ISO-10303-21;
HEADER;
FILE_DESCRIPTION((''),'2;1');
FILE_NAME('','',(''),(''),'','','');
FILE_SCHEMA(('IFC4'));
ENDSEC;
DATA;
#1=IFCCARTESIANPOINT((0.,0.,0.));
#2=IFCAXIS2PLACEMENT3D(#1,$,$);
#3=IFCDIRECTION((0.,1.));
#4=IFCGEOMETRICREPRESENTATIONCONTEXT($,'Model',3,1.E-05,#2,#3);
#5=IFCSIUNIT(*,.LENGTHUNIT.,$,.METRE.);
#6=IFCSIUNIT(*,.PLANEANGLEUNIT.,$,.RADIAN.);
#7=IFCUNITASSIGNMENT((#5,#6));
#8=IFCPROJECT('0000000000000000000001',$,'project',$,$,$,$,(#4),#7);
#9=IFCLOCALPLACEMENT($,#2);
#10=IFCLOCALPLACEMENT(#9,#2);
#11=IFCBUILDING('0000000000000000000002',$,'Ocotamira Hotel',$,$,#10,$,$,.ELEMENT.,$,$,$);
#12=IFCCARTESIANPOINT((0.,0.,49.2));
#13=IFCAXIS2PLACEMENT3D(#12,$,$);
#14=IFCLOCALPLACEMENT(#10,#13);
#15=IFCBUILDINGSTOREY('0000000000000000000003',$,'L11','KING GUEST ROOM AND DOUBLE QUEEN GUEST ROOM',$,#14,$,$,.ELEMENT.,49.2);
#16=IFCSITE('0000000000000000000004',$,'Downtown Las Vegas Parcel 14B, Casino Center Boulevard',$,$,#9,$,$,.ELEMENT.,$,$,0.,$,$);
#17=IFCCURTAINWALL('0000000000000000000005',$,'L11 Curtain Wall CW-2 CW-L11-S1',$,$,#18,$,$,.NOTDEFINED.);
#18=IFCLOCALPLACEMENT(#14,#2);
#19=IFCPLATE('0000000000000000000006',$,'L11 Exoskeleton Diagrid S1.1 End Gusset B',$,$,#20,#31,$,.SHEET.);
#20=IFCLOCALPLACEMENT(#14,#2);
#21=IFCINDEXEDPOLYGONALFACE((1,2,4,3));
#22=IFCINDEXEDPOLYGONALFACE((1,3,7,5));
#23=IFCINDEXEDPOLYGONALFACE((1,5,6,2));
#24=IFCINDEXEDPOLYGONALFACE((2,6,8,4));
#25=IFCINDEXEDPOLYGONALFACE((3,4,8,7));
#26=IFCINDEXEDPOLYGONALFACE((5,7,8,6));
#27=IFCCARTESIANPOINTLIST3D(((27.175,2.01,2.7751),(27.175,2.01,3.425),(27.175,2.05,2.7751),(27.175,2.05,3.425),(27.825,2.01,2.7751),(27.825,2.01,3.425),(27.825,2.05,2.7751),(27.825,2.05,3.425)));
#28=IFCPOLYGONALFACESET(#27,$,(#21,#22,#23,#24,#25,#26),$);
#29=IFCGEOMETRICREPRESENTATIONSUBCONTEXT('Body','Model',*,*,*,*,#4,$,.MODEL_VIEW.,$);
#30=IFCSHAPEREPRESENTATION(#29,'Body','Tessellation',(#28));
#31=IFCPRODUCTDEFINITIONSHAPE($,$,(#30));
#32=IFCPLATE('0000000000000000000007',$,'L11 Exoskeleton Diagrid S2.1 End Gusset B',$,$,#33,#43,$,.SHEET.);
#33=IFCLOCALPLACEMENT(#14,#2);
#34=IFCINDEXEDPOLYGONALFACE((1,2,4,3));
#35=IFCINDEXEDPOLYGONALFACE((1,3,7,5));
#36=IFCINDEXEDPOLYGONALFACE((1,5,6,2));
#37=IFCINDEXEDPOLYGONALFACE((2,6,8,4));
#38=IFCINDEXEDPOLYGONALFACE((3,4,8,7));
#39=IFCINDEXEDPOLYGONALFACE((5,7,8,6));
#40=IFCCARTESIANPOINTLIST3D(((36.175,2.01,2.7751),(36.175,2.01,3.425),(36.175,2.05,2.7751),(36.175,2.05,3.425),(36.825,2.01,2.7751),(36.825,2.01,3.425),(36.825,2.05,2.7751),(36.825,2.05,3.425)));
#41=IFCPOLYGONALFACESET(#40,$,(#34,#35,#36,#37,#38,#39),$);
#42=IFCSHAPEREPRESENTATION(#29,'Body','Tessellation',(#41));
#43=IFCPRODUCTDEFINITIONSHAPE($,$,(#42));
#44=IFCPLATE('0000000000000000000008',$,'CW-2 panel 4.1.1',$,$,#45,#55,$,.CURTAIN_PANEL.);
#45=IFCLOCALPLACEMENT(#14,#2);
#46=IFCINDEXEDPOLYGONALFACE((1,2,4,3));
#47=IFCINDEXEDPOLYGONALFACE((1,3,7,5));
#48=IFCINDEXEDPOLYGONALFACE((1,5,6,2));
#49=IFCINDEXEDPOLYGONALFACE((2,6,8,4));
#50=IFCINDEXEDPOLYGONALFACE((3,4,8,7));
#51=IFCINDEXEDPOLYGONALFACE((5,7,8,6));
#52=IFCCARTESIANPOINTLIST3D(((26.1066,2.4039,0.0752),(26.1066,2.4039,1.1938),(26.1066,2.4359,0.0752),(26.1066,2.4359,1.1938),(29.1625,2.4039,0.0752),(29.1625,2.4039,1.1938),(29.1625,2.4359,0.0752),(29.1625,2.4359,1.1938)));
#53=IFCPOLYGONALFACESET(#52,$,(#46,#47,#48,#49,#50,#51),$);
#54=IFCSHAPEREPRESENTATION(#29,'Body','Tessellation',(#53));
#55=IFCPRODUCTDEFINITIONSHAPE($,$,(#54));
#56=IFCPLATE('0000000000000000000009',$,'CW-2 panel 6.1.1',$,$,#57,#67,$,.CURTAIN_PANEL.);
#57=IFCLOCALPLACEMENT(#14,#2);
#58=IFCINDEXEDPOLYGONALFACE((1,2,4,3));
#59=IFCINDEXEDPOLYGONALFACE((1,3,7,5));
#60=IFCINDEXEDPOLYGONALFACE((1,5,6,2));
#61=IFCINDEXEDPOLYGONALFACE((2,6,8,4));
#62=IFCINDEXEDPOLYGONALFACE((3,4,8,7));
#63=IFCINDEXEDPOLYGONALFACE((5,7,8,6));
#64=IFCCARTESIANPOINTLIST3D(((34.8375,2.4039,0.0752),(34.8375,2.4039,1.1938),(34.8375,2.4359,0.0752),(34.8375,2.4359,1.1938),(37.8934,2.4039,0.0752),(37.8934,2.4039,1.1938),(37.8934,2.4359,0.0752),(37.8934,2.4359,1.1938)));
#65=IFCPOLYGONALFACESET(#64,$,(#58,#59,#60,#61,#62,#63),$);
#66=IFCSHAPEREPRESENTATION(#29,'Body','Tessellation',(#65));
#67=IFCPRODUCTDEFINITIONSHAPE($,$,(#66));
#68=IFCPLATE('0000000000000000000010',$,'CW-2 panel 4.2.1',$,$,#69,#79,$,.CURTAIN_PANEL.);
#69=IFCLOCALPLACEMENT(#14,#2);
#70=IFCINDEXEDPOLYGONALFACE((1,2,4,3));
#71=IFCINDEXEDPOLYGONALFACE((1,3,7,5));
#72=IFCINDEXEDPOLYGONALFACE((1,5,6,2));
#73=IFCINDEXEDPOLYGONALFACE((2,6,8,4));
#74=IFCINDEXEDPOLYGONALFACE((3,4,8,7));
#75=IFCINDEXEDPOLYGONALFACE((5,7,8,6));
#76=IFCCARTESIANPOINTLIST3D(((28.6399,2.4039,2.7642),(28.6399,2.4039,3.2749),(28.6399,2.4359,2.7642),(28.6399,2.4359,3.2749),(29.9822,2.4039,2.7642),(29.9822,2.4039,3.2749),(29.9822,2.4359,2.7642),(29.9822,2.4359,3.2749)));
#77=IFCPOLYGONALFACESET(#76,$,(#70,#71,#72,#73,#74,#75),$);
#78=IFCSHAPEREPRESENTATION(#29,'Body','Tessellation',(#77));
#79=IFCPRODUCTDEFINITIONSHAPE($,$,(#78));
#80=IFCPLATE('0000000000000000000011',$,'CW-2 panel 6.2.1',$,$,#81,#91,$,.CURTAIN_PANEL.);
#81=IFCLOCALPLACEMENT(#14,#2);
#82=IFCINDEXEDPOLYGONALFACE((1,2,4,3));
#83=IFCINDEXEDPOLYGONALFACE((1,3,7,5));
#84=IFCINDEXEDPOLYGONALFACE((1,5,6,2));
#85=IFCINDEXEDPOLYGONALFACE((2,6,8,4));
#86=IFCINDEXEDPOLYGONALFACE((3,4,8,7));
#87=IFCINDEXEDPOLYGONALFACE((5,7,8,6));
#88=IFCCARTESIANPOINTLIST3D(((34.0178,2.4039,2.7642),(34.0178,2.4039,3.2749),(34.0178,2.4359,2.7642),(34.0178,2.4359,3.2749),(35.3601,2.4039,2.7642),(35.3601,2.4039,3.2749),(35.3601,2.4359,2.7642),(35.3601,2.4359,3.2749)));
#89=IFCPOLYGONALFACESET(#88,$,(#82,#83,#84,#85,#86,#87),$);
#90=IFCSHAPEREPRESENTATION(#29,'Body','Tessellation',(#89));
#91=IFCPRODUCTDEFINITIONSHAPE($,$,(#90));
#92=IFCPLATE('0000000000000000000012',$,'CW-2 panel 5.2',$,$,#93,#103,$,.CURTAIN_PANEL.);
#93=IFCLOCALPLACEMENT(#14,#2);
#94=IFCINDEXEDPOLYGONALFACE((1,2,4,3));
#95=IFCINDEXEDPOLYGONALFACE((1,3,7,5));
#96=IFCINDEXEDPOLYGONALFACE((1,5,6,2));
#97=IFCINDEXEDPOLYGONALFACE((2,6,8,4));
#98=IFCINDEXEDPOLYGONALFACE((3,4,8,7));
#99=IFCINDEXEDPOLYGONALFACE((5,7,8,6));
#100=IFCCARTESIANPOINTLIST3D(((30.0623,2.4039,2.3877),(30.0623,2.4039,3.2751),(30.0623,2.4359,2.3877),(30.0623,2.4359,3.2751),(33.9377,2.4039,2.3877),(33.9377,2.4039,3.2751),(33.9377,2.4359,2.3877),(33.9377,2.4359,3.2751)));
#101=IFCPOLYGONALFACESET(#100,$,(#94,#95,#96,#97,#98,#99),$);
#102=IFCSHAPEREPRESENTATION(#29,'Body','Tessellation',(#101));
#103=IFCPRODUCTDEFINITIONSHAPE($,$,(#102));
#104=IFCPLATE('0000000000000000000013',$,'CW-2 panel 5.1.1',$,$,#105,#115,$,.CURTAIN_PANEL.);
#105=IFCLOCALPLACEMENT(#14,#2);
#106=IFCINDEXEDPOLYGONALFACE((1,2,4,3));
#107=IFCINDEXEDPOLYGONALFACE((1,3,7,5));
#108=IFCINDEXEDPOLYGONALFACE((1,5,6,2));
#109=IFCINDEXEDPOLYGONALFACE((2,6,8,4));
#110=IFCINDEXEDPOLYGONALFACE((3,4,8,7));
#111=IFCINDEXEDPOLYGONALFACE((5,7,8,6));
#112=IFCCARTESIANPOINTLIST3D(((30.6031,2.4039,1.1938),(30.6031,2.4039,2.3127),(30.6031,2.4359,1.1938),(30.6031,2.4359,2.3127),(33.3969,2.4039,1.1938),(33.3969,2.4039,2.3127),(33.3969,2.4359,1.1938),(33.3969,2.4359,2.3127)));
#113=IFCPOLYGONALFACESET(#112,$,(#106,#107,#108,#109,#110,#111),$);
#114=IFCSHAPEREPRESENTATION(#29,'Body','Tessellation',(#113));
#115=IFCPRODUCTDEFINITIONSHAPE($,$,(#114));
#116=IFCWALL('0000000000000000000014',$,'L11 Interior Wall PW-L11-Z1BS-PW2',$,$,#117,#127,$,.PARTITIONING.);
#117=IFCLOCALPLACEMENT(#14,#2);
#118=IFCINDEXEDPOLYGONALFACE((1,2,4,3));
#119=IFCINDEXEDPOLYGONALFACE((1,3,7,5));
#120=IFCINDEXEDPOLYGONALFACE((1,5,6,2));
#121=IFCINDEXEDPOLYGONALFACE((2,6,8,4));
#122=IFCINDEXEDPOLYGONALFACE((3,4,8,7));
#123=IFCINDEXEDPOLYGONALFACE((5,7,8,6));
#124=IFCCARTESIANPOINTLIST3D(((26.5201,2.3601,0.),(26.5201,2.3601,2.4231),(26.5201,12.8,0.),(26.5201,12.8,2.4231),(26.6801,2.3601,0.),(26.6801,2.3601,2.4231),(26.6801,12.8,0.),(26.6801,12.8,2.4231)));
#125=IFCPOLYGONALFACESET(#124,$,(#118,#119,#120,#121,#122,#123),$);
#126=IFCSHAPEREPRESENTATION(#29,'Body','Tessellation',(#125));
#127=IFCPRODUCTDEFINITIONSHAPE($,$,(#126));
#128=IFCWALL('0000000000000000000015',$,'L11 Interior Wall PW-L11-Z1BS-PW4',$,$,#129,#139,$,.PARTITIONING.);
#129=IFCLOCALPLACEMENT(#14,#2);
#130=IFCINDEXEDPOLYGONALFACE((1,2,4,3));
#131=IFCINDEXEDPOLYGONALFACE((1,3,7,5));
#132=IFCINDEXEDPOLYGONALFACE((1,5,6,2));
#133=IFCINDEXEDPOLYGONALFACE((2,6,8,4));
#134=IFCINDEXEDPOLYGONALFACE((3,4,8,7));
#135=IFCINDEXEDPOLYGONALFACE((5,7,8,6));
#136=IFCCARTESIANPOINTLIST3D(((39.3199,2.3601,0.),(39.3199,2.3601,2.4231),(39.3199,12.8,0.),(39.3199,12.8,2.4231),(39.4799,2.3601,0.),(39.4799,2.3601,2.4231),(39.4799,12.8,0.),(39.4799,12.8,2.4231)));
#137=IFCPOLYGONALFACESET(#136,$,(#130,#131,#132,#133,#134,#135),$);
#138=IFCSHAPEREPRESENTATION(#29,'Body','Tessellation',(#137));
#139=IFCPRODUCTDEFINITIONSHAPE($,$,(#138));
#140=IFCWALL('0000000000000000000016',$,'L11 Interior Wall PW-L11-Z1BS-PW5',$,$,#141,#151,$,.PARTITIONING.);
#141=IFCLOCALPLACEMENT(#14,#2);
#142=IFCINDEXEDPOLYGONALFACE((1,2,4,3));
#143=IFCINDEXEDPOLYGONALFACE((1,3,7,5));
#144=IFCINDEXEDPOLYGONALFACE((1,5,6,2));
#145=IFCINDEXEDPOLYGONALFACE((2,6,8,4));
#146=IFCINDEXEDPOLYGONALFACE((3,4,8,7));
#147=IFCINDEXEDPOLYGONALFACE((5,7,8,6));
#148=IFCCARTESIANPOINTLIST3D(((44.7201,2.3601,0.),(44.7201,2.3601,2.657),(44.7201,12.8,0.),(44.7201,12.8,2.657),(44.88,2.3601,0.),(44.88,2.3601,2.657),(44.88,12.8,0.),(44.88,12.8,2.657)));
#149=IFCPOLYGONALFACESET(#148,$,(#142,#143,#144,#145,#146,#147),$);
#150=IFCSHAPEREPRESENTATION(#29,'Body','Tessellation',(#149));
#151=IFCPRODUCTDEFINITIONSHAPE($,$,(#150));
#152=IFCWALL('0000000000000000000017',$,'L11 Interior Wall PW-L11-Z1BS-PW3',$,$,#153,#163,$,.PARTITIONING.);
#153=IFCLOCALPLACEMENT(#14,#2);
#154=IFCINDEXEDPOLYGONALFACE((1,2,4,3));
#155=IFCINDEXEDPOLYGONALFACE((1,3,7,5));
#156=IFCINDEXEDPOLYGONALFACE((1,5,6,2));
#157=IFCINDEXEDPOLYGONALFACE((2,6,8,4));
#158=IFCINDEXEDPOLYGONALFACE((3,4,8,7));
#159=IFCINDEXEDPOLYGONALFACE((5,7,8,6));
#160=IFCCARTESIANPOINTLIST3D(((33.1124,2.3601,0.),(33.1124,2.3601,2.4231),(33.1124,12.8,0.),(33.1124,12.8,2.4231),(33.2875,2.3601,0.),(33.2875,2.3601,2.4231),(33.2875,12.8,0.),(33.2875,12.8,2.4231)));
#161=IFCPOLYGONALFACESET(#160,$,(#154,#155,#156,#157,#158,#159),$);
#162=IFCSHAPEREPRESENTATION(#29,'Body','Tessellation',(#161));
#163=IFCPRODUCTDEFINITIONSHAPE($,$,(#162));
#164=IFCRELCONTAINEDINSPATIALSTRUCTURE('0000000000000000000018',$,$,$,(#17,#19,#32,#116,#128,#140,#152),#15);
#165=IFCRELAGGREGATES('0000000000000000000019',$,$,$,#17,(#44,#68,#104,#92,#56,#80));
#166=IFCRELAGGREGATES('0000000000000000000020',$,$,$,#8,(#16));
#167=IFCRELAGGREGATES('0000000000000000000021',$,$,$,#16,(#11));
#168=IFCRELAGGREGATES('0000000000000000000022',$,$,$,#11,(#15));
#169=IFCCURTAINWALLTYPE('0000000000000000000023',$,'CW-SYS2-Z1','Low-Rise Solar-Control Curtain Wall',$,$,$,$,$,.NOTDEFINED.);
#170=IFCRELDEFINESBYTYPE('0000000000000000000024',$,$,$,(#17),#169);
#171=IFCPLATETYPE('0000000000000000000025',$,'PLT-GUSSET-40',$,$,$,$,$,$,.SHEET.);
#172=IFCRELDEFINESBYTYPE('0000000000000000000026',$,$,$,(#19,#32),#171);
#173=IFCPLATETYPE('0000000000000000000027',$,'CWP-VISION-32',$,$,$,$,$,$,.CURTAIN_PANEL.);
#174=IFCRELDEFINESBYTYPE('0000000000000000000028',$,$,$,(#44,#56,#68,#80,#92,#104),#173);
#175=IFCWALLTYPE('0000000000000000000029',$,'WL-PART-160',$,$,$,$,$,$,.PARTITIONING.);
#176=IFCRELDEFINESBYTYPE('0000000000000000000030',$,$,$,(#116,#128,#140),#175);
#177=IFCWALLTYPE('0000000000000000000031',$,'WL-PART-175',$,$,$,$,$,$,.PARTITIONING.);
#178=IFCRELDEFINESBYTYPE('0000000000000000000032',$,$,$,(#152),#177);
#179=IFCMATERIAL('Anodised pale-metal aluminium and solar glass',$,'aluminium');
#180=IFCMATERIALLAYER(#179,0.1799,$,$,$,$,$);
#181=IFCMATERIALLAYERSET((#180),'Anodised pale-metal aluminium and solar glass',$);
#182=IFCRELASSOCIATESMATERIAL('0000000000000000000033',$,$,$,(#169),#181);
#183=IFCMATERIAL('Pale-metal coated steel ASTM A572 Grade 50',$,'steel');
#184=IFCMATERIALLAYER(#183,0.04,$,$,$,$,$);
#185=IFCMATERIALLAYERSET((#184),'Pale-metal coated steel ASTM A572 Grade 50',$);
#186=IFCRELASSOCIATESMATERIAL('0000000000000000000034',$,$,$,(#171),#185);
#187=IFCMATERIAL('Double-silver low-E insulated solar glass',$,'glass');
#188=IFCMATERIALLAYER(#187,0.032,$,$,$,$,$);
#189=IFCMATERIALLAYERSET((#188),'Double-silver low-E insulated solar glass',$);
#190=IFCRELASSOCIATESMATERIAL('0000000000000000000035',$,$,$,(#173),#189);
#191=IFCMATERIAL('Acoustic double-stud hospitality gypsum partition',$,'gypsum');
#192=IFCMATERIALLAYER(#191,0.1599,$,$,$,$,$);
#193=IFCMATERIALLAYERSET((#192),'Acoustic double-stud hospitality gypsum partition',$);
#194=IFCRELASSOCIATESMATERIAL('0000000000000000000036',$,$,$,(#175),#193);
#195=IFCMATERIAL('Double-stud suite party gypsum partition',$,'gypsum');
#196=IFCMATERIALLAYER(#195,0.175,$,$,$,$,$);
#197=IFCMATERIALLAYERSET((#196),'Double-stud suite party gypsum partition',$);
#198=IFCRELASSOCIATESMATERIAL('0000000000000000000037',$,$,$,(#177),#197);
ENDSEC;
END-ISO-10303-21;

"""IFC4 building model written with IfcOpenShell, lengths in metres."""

from ifc_helpers import new_model, si_unit, direction, frame, frame_2d, origin, origin_2d, place, context, subcontext, project, spatial, rectangle, extrude, source, transform, mapped, material, layer, layer_set, type_object, element, aggregate, save


model = new_model("IFC4")

# Units and contexts
model_context = context("Model", 3, precision=1e-05, world=origin(), true_north=direction((0.0, 1.0)))
body_context = subcontext(model_context, "Body", "Model", "MODEL_VIEW")
ifc_project = project(units=[si_unit("LENGTHUNIT", "METRE"), si_unit("PLANEANGLEUNIT", "RADIAN")], contexts=[model_context])

# Site, building, storey
site_placement = place(None, origin())
site = spatial("IfcSite", under=ifc_project, at=site_placement, Name="Downtown Las Vegas Parcel 14B, Casino Center Boulevard", CompositionType="ELEMENT", RefElevation=0.0)
building_placement = place(site_placement, origin())
building = spatial("IfcBuilding", under=site, at=building_placement, Name="Ocotamira Hotel", CompositionType="ELEMENT")
storey_placement = place(building_placement, frame((0.0, 0.0, 49.2)))
storey = spatial("IfcBuildingStorey", under=building, at=storey_placement, Name="L11", Description="KING GUEST ROOM AND DOUBLE QUEEN GUEST ROOM", CompositionType="ELEMENT", Elevation=49.2)

# Curtain wall
ifc_material_1 = material(Name="Anodised pale-metal aluminium and solar glass", Category="aluminium")
ifc_layer_1 = layer(ifc_material_1, 0.1799)
ifc_layer_set_1 = layer_set([ifc_layer_1], Name="Anodised pale-metal aluminium and solar glass")
curtain_wall_type = type_object("IfcCurtainWallType", Name="CW-SYS2-Z1", Description="Low-Rise Solar-Control Curtain Wall", PredefinedType="NOTDEFINED", material=ifc_layer_set_1)
curtain_wall_placement = place(storey_placement, origin())
curtain_wall = element("IfcCurtainWall", 1, at=curtain_wall_placement, inside=storey, type_object=curtain_wall_type, Name="L11 Curtain Wall CW-2 CW-L11-S1", PredefinedType="NOTDEFINED")

# Plates
ifc_material_2 = material(Name="Pale-metal coated steel ASTM A572 Grade 50", Category="steel")
ifc_layer_2 = layer(ifc_material_2, 0.04)
ifc_layer_set_2 = layer_set([ifc_layer_2], Name="Pale-metal coated steel ASTM A572 Grade 50")
plate_type_1 = type_object("IfcPlateType", Name="PLT-GUSSET-40", PredefinedType="SHEET", material=ifc_layer_set_2)
shared_shape_1 = source(origin(), body_context, "Body", "SweptSolid", [
    extrude(rectangle(XDim=0.6499, YDim=0.04, at=origin_2d()), origin(), (0.0, 0.0, 1.0), 0.6499),
])
for number, where, z_axis, x_axis, name in (
    (2, (27.5, 2.03, 2.7751), (0.0, 0.0, 1.0), (1.0, 0.0, 0.0), "L11 Exoskeleton Diagrid S1.1 End Gusset B"),
    (3, (36.5, 2.03, 2.7751), (0.0, 0.0, 1.0), (1.0, 0.0, 0.0), "L11 Exoskeleton Diagrid S2.1 End Gusset B"),
):
    element("IfcPlate", number, at=place(storey_placement, frame(where, z_axis=z_axis, x_axis=x_axis)), inside=storey, type_object=plate_type_1, Name=name, PredefinedType="SHEET", context=body_context, shape_type="MappedRepresentation", body=[
        mapped(shared_shape_1, transform((0.0, 0.0, 0.0), scale=1.0)),
    ])

# Plates
ifc_material_3 = material(Name="Double-silver low-E insulated solar glass", Category="glass")
ifc_layer_3 = layer(ifc_material_3, 0.032)
ifc_layer_set_3 = layer_set([ifc_layer_3], Name="Double-silver low-E insulated solar glass")
plate_type_2 = type_object("IfcPlateType", Name="CWP-VISION-32", PredefinedType="CURTAIN_PANEL", material=ifc_layer_set_3)
shared_shape_2 = source(origin(), body_context, "Body", "SweptSolid", [
    extrude(rectangle(XDim=3.0559, YDim=0.032, at=origin_2d()), origin(), (0.0, 0.0, 1.0), 1.1187),
])
plate_1_placement = place(storey_placement, frame((27.6345, 2.4199, 0.0752), z_axis=(0.0, 0.0, 1.0), x_axis=(1.0, 0.0, 0.0)))
plate_1 = element("IfcPlate", 4, at=plate_1_placement, type_object=plate_type_2, Name="CW-2 panel 4.1.1", PredefinedType="CURTAIN_PANEL", context=body_context, shape_type="MappedRepresentation", body=[
    mapped(shared_shape_2, transform((0.0, 0.0, 0.0), scale=1.0)),
])
plate_2_placement = place(storey_placement, frame((36.3655, 2.4199, 0.0752), z_axis=(0.0, 0.0, 1.0), x_axis=(1.0, 0.0, 0.0)))
plate_2 = element("IfcPlate", 5, at=plate_2_placement, type_object=plate_type_2, Name="CW-2 panel 6.1.1", PredefinedType="CURTAIN_PANEL", context=body_context, shape_type="MappedRepresentation", body=[
    mapped(shared_shape_2, transform((0.0, 0.0, 0.0), scale=1.0)),
])
shared_shape_3 = source(origin(), body_context, "Body", "SweptSolid", [
    extrude(rectangle(XDim=1.3423, YDim=0.032, at=origin_2d()), origin(), (0.0, 0.0, 1.0), 0.5107),
])
plate_3_placement = place(storey_placement, frame((29.311, 2.4199, 2.7642), z_axis=(0.0, 0.0, 1.0), x_axis=(1.0, 0.0, 0.0)))
plate_3 = element("IfcPlate", 6, at=plate_3_placement, type_object=plate_type_2, Name="CW-2 panel 4.2.1", PredefinedType="CURTAIN_PANEL", context=body_context, shape_type="MappedRepresentation", body=[
    mapped(shared_shape_3, transform((0.0, 0.0, 0.0), scale=1.0)),
])
plate_4_placement = place(storey_placement, frame((34.689, 2.4199, 2.7642), z_axis=(0.0, 0.0, 1.0), x_axis=(1.0, 0.0, 0.0)))
plate_4 = element("IfcPlate", 7, at=plate_4_placement, type_object=plate_type_2, Name="CW-2 panel 6.2.1", PredefinedType="CURTAIN_PANEL", context=body_context, shape_type="MappedRepresentation", body=[
    mapped(shared_shape_3, transform((0.0, 0.0, 0.0), scale=1.0)),
])
shared_shape_4 = source(origin(), body_context, "Body", "SweptSolid", [
    extrude(rectangle(XDim=3.8755, YDim=0.032, at=origin_2d()), origin(), (0.0, 0.0, 1.0), 0.8875),
])
plate_5_placement = place(storey_placement, frame((32.0, 2.4199, 2.3877), z_axis=(0.0, 0.0, 1.0), x_axis=(1.0, 0.0, 0.0)))
plate_5 = element("IfcPlate", 8, at=plate_5_placement, type_object=plate_type_2, Name="CW-2 panel 5.2", PredefinedType="CURTAIN_PANEL", context=body_context, shape_type="MappedRepresentation", body=[
    mapped(shared_shape_4, transform((0.0, 0.0, 0.0), scale=1.0)),
])
shared_shape_5 = source(origin(), body_context, "Body", "SweptSolid", [
    extrude(rectangle(XDim=2.7937, YDim=0.032, at=origin_2d()), origin(), (0.0, 0.0, 1.0), 1.1189),
])
plate_6_placement = place(storey_placement, frame((32.0, 2.4199, 1.1938), z_axis=(0.0, 0.0, 1.0), x_axis=(1.0, 0.0, 0.0)))
plate_6 = element("IfcPlate", 9, at=plate_6_placement, type_object=plate_type_2, Name="CW-2 panel 5.1.1", PredefinedType="CURTAIN_PANEL", context=body_context, shape_type="MappedRepresentation", body=[
    mapped(shared_shape_5, transform((0.0, 0.0, 0.0), scale=1.0)),
])
aggregate(curtain_wall, [plate_1, plate_3, plate_6, plate_5, plate_2, plate_4])

# Walls
ifc_material_4 = material(Name="Acoustic double-stud hospitality gypsum partition", Category="gypsum")
ifc_layer_4 = layer(ifc_material_4, 0.1599)
ifc_layer_set_4 = layer_set([ifc_layer_4], Name="Acoustic double-stud hospitality gypsum partition")
wall_type_1 = type_object("IfcWallType", Name="WL-PART-160", PredefinedType="PARTITIONING", material=ifc_layer_set_4)
for number, where, z_axis, x_axis, name in (
    (10, (26.6001, 2.3601, 0.0), (0.0, 0.0, 1.0), (0.0, 1.0, 0.0), "L11 Interior Wall PW-L11-Z1BS-PW2"),
    (11, (39.3999, 2.3601, 0.0), (0.0, 0.0, 1.0), (0.0, 1.0, 0.0), "L11 Interior Wall PW-L11-Z1BS-PW4"),
):
    element("IfcWall", number, at=place(storey_placement, frame(where, z_axis=z_axis, x_axis=x_axis)), inside=storey, type_object=wall_type_1, Name=name, PredefinedType="PARTITIONING", context=body_context, shape_type="SweptSolid", body=[
        extrude(rectangle(XDim=10.4399, YDim=0.1599, at=frame_2d((5.22, 0.0))), origin(), (0.0, 0.0, 1.0), 2.4231),
    ])
wall_1_placement = place(storey_placement, frame((44.8, 2.3601, 0.0), z_axis=(0.0, 0.0, 1.0), x_axis=(0.0, 1.0, 0.0)))
element("IfcWall", 12, at=wall_1_placement, inside=storey, type_object=wall_type_1, Name="L11 Interior Wall PW-L11-Z1BS-PW5", PredefinedType="PARTITIONING", context=body_context, shape_type="SweptSolid", body=[
    extrude(rectangle(XDim=10.4399, YDim=0.1599, at=frame_2d((5.22, 0.0))), origin(), (0.0, 0.0, 1.0), 2.657),
])
ifc_material_5 = material(Name="Double-stud suite party gypsum partition", Category="gypsum")
ifc_layer_5 = layer(ifc_material_5, 0.175)
ifc_layer_set_5 = layer_set([ifc_layer_5], Name="Double-stud suite party gypsum partition")
wall_type_2 = type_object("IfcWallType", Name="WL-PART-175", PredefinedType="PARTITIONING", material=ifc_layer_set_5)
wall_2_placement = place(storey_placement, frame((33.2, 2.3601, 0.0), z_axis=(0.0, 0.0, 1.0), x_axis=(0.0, 1.0, 0.0)))
element("IfcWall", 13, at=wall_2_placement, inside=storey, type_object=wall_type_2, Name="L11 Interior Wall PW-L11-Z1BS-PW3", PredefinedType="PARTITIONING", context=body_context, shape_type="SweptSolid", body=[
    extrude(rectangle(XDim=10.4399, YDim=0.175, at=frame_2d((5.22, 0.0))), origin(), (0.0, 0.0, 1.0), 2.4231),
])

save(model, "model.ifc")
